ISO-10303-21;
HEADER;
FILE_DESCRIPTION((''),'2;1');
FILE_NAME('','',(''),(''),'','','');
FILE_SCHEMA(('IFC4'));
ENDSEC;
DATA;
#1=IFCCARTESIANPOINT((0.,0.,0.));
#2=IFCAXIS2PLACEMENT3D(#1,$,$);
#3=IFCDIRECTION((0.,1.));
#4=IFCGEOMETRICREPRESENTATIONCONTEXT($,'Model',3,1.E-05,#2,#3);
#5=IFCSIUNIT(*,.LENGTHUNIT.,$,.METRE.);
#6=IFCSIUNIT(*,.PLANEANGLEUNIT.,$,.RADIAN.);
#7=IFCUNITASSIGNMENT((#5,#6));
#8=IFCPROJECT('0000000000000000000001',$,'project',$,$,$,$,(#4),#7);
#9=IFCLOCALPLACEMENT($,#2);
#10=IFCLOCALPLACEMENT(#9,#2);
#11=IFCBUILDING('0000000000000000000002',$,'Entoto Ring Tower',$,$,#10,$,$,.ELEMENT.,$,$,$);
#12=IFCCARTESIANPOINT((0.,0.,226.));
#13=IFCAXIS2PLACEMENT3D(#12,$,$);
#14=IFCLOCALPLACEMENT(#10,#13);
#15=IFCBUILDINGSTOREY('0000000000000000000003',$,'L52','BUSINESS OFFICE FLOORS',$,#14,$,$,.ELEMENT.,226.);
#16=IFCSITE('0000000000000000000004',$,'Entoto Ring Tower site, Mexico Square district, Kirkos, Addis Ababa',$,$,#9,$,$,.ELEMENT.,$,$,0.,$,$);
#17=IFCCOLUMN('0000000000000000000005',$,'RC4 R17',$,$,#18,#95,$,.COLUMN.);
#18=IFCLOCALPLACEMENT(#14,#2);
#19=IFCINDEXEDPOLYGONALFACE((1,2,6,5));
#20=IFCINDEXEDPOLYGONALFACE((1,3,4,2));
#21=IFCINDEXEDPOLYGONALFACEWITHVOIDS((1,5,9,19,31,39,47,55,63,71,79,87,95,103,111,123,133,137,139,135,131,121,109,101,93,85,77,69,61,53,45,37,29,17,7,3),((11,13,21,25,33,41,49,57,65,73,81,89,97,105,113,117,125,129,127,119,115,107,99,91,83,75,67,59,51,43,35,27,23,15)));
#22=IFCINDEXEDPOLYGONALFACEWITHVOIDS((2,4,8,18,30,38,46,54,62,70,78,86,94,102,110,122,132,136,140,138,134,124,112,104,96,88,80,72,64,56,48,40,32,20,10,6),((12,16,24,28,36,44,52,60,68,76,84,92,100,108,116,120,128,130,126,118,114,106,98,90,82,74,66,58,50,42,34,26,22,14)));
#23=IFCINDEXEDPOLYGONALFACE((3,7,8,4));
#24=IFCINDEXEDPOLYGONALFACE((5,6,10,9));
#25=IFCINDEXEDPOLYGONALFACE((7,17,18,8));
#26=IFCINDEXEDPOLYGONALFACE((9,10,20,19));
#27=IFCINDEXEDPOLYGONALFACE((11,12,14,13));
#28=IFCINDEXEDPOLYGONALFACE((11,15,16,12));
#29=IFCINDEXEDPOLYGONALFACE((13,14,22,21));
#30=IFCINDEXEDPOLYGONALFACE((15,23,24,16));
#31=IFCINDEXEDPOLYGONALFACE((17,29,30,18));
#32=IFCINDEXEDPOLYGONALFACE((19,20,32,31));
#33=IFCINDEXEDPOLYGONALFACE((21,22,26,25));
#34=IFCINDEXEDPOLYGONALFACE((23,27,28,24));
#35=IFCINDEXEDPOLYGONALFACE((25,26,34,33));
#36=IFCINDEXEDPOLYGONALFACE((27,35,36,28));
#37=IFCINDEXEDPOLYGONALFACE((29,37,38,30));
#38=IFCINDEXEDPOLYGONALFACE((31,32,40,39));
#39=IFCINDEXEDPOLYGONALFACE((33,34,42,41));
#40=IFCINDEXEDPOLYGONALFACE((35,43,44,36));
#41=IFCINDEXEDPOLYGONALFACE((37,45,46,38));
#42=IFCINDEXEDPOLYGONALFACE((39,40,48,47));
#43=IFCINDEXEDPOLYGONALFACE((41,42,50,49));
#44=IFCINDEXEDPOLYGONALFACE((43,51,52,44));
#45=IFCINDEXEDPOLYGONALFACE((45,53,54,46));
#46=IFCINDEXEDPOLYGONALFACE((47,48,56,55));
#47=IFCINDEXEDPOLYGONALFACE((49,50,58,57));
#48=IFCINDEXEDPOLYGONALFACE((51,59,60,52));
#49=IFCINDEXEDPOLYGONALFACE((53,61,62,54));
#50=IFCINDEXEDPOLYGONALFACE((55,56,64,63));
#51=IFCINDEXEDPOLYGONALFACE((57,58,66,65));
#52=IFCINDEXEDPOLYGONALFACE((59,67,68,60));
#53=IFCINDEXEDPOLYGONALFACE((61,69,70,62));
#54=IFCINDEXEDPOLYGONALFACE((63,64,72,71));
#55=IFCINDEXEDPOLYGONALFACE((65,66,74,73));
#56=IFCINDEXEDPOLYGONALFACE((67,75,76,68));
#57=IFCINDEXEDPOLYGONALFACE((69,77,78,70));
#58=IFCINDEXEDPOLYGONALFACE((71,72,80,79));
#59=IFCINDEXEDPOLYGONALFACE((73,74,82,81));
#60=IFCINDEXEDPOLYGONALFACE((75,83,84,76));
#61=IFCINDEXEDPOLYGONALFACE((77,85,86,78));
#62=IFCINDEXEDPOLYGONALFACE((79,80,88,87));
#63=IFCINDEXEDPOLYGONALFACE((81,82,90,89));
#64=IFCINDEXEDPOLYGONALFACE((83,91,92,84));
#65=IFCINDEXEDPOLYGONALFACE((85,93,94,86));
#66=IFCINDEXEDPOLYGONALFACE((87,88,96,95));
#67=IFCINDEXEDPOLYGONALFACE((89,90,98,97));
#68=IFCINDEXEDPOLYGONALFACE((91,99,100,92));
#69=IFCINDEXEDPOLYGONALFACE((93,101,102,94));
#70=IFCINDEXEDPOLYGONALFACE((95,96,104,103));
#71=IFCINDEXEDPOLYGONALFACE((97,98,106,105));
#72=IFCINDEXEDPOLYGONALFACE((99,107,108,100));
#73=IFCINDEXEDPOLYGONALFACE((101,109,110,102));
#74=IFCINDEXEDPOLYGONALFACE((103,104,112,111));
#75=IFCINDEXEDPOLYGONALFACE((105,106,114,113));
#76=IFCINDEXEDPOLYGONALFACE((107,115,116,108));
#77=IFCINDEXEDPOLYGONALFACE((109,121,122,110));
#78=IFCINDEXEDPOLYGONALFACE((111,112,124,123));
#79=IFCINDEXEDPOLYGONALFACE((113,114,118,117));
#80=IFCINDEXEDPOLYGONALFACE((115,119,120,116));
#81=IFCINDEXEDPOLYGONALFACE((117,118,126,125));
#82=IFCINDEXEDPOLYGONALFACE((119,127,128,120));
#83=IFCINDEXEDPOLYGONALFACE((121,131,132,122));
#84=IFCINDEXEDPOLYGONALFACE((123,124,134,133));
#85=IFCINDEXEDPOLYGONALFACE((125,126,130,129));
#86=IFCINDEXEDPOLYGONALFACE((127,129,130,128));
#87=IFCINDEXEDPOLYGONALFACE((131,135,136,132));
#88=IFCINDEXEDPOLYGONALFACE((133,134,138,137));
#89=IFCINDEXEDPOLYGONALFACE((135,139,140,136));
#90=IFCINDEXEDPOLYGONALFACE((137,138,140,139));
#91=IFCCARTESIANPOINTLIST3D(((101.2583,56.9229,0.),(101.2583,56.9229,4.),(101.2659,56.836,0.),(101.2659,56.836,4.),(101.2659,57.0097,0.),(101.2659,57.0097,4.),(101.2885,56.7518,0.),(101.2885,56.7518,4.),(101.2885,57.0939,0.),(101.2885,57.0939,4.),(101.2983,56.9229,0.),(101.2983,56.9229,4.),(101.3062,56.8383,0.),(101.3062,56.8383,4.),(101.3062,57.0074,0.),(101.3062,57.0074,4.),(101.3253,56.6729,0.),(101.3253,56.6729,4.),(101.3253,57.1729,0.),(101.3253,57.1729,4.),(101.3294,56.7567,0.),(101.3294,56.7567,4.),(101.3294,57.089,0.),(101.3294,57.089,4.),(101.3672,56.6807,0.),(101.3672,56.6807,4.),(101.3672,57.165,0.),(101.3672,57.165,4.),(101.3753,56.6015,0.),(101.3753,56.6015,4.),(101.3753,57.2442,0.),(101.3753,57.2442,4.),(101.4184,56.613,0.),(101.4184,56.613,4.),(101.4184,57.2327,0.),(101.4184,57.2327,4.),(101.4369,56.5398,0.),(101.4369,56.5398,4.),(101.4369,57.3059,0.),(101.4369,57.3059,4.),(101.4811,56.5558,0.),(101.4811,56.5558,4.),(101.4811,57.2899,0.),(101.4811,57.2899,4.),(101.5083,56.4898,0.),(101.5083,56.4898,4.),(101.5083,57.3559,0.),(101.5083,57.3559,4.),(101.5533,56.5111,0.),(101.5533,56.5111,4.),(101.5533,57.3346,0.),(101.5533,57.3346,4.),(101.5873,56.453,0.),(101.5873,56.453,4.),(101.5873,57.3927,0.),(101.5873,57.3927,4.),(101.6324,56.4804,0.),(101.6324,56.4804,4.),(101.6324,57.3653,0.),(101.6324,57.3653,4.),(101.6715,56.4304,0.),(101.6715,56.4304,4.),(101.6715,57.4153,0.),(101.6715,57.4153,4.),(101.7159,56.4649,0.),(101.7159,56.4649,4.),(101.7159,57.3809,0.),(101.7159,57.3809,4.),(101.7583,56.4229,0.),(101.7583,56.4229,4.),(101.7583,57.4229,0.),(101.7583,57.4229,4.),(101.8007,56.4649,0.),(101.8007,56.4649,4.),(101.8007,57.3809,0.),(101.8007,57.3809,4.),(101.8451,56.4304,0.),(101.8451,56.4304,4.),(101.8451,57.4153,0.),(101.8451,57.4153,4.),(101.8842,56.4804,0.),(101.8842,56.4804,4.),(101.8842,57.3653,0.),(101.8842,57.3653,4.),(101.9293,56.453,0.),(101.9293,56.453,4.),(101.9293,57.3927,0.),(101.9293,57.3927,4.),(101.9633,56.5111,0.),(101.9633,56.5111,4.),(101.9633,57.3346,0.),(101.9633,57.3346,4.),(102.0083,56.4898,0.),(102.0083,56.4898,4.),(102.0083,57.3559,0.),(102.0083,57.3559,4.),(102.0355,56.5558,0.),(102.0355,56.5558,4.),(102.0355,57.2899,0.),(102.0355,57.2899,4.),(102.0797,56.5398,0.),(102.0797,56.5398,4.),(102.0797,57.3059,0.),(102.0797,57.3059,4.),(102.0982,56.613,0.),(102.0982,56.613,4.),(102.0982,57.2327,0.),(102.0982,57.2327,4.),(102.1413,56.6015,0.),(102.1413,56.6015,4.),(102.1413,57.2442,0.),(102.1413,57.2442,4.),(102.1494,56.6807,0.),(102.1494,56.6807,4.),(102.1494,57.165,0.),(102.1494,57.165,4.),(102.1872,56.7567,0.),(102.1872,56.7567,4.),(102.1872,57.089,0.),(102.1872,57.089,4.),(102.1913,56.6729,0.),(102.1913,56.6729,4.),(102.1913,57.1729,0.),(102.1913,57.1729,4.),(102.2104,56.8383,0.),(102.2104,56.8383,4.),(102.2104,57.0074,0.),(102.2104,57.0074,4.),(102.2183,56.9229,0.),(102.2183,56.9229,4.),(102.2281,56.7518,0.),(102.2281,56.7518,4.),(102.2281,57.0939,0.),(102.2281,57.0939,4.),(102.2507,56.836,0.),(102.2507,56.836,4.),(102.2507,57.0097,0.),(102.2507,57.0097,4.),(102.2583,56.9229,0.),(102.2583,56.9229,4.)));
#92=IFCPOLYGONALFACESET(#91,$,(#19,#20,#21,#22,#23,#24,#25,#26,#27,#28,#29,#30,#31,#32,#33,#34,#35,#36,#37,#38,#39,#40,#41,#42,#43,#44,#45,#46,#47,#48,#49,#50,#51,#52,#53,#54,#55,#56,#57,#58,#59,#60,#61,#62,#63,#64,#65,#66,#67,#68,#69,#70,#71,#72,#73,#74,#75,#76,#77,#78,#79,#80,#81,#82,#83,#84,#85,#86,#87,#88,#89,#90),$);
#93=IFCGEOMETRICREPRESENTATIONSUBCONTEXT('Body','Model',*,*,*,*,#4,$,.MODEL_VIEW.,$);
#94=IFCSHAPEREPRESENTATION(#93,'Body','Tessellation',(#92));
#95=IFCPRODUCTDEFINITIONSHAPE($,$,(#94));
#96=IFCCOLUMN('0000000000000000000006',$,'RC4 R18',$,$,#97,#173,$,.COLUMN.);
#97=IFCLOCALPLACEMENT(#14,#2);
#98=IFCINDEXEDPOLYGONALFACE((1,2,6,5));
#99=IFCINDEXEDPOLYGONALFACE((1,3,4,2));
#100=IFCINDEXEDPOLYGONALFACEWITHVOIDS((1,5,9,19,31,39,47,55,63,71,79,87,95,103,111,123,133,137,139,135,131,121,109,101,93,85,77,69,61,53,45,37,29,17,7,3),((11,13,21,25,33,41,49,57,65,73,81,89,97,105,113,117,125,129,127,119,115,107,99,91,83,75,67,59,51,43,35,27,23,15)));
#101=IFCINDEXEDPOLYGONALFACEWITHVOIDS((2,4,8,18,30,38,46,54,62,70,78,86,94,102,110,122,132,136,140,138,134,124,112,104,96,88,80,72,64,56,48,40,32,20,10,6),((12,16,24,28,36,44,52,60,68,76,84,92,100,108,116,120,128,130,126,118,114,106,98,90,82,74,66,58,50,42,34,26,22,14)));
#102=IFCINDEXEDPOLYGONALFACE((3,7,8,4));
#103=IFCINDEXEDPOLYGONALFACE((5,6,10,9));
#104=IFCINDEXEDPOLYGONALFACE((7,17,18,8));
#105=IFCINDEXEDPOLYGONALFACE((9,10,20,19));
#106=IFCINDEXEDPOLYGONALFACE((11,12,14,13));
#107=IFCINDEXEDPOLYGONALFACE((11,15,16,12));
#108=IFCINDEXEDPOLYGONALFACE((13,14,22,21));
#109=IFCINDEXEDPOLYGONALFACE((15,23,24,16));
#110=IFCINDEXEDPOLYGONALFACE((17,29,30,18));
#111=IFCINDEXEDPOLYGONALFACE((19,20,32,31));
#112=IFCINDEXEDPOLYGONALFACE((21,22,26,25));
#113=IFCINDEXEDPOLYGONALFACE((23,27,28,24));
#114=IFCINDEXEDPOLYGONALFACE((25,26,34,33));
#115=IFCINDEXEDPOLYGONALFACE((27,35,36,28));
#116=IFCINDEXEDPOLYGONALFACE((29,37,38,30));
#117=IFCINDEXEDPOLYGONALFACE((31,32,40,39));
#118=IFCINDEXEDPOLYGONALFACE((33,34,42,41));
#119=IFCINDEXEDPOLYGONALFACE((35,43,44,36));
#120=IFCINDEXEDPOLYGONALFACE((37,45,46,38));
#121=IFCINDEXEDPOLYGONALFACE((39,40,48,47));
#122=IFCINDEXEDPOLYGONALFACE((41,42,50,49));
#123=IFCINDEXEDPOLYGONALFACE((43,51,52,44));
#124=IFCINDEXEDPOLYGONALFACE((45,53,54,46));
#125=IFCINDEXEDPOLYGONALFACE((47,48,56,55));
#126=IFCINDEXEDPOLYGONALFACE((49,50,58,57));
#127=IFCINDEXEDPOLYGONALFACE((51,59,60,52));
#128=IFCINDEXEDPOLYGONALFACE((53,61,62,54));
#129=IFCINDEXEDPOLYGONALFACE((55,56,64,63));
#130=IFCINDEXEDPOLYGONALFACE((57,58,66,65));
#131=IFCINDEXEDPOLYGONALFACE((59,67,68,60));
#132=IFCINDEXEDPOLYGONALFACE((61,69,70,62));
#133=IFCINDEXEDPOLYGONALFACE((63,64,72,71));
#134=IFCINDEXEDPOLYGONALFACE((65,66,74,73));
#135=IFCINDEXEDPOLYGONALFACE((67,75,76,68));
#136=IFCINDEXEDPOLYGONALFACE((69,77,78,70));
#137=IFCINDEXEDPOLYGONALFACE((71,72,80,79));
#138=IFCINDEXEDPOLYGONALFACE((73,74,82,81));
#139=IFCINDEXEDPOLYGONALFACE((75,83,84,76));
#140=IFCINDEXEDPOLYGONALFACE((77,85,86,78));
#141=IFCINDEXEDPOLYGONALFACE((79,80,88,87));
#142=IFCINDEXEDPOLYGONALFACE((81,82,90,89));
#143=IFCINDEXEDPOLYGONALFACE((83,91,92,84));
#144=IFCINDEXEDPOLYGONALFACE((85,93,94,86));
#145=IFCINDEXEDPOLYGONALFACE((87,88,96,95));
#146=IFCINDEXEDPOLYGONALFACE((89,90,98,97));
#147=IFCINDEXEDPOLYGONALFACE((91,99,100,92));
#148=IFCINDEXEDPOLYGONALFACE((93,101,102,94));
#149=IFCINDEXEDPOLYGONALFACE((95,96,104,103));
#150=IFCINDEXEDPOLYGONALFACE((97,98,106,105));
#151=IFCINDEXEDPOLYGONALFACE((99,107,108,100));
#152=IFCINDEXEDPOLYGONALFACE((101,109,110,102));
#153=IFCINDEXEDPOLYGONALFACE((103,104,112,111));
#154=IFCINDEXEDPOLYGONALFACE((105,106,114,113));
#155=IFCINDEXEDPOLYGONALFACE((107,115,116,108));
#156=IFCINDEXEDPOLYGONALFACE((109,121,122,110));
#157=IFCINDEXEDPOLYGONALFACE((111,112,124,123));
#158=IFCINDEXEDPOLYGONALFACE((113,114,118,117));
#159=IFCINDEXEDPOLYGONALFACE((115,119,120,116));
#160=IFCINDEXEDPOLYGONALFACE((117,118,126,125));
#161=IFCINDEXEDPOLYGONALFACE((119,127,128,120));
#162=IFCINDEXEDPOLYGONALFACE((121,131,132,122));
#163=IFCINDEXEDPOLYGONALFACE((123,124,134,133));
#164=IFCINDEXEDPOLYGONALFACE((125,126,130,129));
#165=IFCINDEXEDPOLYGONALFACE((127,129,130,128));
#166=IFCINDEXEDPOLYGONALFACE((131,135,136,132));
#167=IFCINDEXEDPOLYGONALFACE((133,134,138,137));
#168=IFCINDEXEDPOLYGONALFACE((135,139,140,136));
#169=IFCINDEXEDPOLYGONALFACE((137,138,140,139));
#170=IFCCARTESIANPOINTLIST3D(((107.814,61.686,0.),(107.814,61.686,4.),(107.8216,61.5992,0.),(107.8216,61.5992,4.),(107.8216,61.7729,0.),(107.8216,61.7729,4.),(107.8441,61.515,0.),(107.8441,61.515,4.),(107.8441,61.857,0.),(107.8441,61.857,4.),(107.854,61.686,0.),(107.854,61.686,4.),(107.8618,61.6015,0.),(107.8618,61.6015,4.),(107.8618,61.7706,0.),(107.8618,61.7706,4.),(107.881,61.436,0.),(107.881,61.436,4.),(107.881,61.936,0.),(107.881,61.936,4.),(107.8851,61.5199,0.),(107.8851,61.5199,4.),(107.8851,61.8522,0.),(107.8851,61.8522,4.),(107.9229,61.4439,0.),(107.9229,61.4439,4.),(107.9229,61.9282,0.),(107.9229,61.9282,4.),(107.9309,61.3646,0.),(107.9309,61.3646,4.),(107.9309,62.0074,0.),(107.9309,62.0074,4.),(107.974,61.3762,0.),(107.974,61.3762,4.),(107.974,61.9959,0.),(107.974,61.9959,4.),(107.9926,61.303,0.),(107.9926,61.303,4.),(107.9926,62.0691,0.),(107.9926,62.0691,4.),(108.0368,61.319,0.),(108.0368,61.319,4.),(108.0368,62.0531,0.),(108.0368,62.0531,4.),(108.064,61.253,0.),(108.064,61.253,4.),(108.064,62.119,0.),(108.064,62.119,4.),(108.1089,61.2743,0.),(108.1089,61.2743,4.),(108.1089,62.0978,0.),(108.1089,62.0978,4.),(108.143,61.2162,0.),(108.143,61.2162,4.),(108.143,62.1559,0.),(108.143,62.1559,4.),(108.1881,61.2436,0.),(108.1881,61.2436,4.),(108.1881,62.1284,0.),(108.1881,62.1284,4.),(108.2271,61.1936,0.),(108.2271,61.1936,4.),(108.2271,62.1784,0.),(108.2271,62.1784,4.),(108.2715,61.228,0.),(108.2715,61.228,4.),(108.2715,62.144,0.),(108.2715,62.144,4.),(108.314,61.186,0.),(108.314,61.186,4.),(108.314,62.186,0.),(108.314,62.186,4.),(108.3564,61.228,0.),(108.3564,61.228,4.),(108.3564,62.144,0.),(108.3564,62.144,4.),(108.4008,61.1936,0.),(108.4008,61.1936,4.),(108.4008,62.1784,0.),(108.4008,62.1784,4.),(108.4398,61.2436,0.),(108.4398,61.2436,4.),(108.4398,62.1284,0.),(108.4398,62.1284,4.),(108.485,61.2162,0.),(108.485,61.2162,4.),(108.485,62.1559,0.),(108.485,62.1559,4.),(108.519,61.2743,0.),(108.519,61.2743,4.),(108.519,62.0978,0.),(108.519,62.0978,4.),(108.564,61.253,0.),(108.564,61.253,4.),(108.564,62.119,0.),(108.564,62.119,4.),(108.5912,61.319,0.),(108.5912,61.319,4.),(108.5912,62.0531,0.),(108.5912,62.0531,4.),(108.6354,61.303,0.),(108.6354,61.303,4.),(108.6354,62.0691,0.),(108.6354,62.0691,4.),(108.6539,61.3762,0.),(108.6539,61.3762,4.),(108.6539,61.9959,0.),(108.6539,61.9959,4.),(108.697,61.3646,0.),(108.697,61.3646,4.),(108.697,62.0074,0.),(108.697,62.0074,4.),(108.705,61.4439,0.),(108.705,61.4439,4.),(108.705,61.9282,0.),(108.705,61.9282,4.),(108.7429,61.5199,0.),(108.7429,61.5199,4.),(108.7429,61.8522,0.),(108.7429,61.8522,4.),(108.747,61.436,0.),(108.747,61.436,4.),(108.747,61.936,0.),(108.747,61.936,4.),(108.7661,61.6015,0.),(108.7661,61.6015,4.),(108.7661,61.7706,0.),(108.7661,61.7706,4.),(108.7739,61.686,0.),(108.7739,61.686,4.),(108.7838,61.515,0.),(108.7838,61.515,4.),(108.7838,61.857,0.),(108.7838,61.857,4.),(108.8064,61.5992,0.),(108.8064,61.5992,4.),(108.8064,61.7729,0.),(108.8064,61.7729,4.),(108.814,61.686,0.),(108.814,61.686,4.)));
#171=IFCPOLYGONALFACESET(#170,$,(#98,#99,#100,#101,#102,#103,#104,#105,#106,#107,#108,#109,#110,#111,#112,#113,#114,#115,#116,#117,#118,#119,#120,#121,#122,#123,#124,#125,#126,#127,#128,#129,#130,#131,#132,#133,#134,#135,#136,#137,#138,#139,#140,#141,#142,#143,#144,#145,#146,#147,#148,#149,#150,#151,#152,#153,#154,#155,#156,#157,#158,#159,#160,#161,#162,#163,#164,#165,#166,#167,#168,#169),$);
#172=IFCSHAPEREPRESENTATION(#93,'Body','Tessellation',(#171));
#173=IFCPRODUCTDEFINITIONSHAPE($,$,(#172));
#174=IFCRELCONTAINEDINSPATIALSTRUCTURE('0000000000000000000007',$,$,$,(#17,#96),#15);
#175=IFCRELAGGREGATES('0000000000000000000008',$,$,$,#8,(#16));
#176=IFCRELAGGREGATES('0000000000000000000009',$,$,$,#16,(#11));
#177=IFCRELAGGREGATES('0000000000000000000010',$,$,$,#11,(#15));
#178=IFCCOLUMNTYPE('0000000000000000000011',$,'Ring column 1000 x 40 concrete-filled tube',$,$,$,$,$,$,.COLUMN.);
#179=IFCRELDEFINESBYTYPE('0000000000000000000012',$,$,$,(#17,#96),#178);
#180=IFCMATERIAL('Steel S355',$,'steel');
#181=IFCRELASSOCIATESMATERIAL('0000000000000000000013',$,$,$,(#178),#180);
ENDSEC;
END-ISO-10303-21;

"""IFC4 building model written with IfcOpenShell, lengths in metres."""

from ifc_helpers import new_model, si_unit, direction, frame, origin, origin_2d, place, context, subcontext, project, spatial, circle, hollow_circle, extrude, material, material_profile, profile_set, type_object, element, save


model = new_model("IFC4")

# Units and contexts
model_context = context("Model", 3, precision=1e-05, world=origin(), true_north=direction((0.0, 1.0)))
body_context = subcontext(model_context, "Body", "Model", "MODEL_VIEW")
ifc_project = project(units=[si_unit("LENGTHUNIT", "METRE"), si_unit("PLANEANGLEUNIT", "RADIAN")], contexts=[model_context])

# Site, building, storey
site_placement = place(None, origin())
site = spatial("IfcSite", under=ifc_project, at=site_placement, Name="Entoto Ring Tower site, Mexico Square district, Kirkos, Addis Ababa", CompositionType="ELEMENT", RefElevation=0.0)
building_placement = place(site_placement, origin())
building = spatial("IfcBuilding", under=site, at=building_placement, Name="Entoto Ring Tower", CompositionType="ELEMENT")
storey_placement = place(building_placement, frame((0.0, 0.0, 226.0)))
storey = spatial("IfcBuildingStorey", under=building, at=storey_placement, Name="L52", Description="BUSINESS OFFICE FLOORS", CompositionType="ELEMENT", Elevation=226.0)

# Columns
ifc_material_1 = material(Name="Steel S355", Category="steel")
ifc_material_profile_1 = material_profile(ifc_material_1, hollow_circle(Radius=0.5, WallThickness=0.04, at=origin_2d()), Name="CHS 1000 x 40")
ifc_material_2 = material(Name="Concrete C60/75", Category="concrete")
ifc_material_profile_2 = material_profile(ifc_material_2, circle(Radius=0.46, at=origin_2d()), Name="Concrete C60/75 infill")
ifc_profile_set_1 = profile_set([ifc_material_profile_1, ifc_material_profile_2], Name="Steel S355")
column_type = type_object("IfcColumnType", Name="Ring column 1000 x 40 concrete-filled tube", PredefinedType="COLUMN", material=ifc_profile_set_1)
for number, where, z_axis, x_axis, name in (
    (1, (101.7583, 56.9229, 0.0), (0.0, 0.0, 1.0), (1.0, 0.0, 0.0), "RC4 R17"),
    (2, (108.314, 61.686, 0.0), (0.0, 0.0, 1.0), (1.0, 0.0, 0.0), "RC4 R18"),
):
    element("IfcColumn", number, at=place(storey_placement, frame(where, z_axis=z_axis, x_axis=x_axis)), inside=storey, type_object=column_type, Name=name, PredefinedType="COLUMN", context=body_context, shape_type="SweptSolid", body=[
        extrude(hollow_circle(Radius=0.5, WallThickness=0.04, at=origin_2d()), origin(), (0.0, 0.0, 1.0), 4.0),
    ])

save(model, "model.ifc")
